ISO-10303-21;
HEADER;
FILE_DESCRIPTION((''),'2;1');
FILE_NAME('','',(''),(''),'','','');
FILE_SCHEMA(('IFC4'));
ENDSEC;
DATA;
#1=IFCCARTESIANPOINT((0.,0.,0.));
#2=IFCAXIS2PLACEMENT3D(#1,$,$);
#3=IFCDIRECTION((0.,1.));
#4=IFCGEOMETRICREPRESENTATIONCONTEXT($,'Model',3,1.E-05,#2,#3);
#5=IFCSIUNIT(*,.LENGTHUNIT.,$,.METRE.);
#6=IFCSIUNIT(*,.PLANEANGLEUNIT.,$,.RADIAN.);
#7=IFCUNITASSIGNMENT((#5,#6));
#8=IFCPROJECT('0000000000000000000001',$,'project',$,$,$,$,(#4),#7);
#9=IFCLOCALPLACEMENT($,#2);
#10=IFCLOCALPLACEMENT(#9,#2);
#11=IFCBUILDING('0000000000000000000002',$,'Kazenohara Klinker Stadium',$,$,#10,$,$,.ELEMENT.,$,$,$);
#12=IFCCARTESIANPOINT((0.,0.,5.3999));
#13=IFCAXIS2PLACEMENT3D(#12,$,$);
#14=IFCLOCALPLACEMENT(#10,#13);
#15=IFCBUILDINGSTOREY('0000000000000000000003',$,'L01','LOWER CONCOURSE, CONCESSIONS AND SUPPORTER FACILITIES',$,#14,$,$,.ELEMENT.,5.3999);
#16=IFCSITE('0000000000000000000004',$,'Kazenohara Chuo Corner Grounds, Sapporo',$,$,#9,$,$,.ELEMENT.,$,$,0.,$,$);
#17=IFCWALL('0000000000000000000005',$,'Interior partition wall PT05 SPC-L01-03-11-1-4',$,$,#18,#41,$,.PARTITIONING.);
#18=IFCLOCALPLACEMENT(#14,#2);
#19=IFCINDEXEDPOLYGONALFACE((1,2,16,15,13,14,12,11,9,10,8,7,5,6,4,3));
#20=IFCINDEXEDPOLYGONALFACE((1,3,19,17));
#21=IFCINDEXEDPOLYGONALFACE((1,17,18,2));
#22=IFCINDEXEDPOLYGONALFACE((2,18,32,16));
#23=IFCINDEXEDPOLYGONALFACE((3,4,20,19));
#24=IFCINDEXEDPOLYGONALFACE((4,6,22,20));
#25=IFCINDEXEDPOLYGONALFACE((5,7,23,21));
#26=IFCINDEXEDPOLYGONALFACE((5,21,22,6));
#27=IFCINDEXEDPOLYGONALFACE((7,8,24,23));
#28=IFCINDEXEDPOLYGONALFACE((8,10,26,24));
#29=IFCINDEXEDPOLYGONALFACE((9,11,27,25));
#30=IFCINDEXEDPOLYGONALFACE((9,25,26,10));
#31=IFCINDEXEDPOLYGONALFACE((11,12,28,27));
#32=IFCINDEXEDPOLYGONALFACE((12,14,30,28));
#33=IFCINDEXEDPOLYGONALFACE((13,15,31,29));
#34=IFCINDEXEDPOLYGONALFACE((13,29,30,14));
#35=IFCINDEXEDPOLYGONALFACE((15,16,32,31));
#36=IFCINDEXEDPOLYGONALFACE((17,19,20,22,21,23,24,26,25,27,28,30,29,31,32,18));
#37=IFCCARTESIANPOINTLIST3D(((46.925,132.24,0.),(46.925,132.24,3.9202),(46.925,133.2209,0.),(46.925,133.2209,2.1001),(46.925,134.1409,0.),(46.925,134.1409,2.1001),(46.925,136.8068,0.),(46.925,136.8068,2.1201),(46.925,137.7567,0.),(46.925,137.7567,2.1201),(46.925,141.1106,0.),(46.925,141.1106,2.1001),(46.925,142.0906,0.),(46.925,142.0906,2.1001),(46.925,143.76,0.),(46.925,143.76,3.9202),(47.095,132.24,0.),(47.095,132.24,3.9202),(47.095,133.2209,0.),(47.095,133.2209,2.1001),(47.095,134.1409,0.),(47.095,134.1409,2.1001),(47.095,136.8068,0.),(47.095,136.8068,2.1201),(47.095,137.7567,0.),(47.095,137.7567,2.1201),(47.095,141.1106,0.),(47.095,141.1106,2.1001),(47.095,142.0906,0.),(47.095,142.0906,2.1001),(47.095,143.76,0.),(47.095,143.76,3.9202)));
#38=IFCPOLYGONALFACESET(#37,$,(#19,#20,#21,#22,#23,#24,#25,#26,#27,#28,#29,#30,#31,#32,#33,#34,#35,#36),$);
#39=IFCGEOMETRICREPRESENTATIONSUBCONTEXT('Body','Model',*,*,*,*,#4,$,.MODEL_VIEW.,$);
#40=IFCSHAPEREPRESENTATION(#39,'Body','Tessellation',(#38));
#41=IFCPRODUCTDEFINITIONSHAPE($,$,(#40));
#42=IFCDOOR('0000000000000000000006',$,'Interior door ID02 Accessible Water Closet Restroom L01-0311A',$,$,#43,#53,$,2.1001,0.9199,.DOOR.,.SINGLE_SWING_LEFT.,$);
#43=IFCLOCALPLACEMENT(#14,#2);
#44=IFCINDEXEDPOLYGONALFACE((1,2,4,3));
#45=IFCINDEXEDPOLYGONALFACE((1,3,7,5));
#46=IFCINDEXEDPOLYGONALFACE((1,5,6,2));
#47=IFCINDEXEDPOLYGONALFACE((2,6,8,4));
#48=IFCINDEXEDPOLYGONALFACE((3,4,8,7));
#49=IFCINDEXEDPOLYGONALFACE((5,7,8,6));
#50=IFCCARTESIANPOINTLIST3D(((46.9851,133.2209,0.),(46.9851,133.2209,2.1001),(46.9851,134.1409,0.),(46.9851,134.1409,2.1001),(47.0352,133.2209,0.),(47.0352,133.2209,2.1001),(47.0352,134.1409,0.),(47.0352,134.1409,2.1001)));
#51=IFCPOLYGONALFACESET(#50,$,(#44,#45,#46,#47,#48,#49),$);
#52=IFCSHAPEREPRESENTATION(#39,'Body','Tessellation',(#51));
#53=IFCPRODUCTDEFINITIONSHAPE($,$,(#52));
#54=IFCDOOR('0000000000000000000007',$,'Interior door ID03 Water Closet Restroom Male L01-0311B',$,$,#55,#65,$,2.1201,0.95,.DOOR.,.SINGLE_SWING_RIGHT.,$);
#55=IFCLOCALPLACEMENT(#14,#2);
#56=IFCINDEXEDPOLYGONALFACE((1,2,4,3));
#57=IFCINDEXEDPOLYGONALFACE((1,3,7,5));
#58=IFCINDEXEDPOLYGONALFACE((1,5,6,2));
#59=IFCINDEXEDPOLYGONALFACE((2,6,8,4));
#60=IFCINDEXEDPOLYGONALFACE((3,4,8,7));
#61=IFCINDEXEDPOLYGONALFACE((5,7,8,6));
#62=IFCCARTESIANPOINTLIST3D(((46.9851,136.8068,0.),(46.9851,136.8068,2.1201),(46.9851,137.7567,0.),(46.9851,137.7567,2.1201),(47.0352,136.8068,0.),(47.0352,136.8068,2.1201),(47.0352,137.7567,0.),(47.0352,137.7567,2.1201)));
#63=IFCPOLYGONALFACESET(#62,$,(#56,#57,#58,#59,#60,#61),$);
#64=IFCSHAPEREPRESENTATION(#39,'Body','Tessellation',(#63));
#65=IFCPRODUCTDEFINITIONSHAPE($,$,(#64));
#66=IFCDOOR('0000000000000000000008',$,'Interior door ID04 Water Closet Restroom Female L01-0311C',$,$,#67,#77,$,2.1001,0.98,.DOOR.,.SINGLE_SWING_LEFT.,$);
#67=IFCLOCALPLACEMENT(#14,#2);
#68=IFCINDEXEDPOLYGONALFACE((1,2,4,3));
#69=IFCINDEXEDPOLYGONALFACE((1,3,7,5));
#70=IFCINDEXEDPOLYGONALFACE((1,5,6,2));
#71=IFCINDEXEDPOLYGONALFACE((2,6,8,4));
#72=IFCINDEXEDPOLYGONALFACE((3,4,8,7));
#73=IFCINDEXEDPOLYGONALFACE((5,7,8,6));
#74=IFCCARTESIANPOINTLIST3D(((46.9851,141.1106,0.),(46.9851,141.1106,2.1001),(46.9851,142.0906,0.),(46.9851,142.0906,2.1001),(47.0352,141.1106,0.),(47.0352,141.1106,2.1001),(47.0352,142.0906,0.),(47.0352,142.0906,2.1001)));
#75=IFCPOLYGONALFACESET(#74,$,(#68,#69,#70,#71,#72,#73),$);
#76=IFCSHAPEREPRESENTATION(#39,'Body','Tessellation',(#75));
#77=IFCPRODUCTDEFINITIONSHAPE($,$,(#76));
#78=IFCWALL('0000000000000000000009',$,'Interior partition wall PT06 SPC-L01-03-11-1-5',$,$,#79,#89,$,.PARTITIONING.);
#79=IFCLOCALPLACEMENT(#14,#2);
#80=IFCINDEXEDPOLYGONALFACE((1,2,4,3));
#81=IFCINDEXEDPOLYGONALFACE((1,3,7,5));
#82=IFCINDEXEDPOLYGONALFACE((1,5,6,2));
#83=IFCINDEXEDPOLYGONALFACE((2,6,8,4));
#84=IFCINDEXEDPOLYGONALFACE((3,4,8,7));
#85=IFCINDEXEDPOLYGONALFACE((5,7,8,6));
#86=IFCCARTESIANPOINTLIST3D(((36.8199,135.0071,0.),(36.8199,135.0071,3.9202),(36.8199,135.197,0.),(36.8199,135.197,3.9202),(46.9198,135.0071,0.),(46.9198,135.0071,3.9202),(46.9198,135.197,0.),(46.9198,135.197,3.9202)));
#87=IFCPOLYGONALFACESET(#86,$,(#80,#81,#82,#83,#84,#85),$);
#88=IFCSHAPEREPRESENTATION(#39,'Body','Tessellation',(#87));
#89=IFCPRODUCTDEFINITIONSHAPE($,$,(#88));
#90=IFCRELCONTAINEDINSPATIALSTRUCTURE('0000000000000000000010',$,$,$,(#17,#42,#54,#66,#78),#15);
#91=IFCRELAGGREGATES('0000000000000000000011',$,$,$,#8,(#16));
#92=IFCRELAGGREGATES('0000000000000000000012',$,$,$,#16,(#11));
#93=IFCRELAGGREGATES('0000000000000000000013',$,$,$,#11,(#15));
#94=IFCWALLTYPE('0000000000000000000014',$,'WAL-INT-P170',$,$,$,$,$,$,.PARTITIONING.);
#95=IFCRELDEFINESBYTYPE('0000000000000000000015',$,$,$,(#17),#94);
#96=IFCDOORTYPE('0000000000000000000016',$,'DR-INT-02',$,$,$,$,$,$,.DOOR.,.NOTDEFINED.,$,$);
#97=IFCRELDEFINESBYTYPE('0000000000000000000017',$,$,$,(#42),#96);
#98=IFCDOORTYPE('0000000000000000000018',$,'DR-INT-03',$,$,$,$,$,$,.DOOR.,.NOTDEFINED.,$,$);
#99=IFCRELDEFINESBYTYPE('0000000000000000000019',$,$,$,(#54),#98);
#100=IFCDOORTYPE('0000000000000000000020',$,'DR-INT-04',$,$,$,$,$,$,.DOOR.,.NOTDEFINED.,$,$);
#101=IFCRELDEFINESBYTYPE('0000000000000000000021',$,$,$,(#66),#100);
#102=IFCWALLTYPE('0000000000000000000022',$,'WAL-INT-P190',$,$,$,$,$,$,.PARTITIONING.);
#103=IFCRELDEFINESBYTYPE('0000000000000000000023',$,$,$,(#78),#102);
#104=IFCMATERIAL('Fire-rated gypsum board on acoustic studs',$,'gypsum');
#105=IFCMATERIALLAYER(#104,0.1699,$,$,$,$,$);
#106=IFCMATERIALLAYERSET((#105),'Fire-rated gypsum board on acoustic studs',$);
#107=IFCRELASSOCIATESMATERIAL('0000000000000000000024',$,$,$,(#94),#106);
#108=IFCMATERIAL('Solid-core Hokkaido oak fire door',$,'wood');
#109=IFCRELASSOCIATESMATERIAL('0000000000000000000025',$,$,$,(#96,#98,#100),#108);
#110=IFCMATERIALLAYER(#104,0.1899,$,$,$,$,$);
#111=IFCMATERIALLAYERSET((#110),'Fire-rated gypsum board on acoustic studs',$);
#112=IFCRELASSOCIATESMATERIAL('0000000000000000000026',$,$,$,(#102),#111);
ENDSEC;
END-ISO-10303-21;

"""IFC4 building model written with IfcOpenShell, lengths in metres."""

from ifc_helpers import new_model, si_unit, direction, frame, frame_2d, origin, place, context, subcontext, project, spatial, rectangle, extrude, material, layer, layer_set, type_object, element, fill, save


model = new_model("IFC4")

# Units and contexts
model_context = context("Model", 3, precision=1e-05, world=origin(), true_north=direction((0.0, 1.0)))
body_context = subcontext(model_context, "Body", "Model", "MODEL_VIEW")
ifc_project = project(units=[si_unit("LENGTHUNIT", "METRE"), si_unit("PLANEANGLEUNIT", "RADIAN")], contexts=[model_context])

# Site, building, storey
site_placement = place(None, origin())
site = spatial("IfcSite", under=ifc_project, at=site_placement, Name="Kazenohara Chuo Corner Grounds, Sapporo", CompositionType="ELEMENT", RefElevation=0.0)
building_placement = place(site_placement, origin())
building = spatial("IfcBuilding", under=site, at=building_placement, Name="Kazenohara Klinker Stadium", CompositionType="ELEMENT")
storey_placement = place(building_placement, frame((0.0, 0.0, 5.3999)))
storey = spatial("IfcBuildingStorey", under=building, at=storey_placement, Name="L01", Description="LOWER CONCOURSE, CONCESSIONS AND SUPPORTER FACILITIES", CompositionType="ELEMENT", Elevation=5.3999)

# Shared definitions
ifc_material_1 = material(Name="Fire-rated gypsum board on acoustic studs", Category="gypsum")

# Wall, openings, doors
ifc_layer_1 = layer(ifc_material_1, 0.1699)
ifc_layer_set_1 = layer_set([ifc_layer_1], Name="Fire-rated gypsum board on acoustic studs")
wall_type_1 = type_object("IfcWallType", Name="WAL-INT-P170", PredefinedType="PARTITIONING", material=ifc_layer_set_1)
wall_1_placement = place(storey_placement, frame((47.01, 132.24, 0.0), z_axis=(0.0, 0.0, 1.0), x_axis=(0.0, 1.0, 0.0)))
wall_1 = element("IfcWall", 1, at=wall_1_placement, inside=storey, type_object=wall_type_1, Name="Interior partition wall PT05 SPC-L01-03-11-1-4", PredefinedType="PARTITIONING", context=body_context, shape_type="SweptSolid", body=[
    extrude(rectangle(XDim=11.52, YDim=0.1699, at=frame_2d((5.76, 0.0))), origin(), (0.0, 0.0, 1.0), 3.9202),
])
opening_1_placement = place(wall_1_placement, frame((0.981, 0.0, 0.0)))
opening_1 = element("IfcOpeningElement", 2, at=opening_1_placement, cuts=wall_1, PredefinedType="OPENING", context=body_context, shape_type="SweptSolid", body=[
    extrude(rectangle(XDim=0.9199, YDim=2.1001, at=frame_2d((0.46, 1.05))), frame((0.0, 0.095, 0.0), z_axis=(0.0, -1.0, 0.0), x_axis=(1.0, 0.0, 0.0)), (0.0, 0.0, 1.0), 0.1899),
])
opening_2_placement = place(wall_1_placement, frame((4.5667, 0.0, 0.0)))
opening_2 = element("IfcOpeningElement", 3, at=opening_2_placement, cuts=wall_1, PredefinedType="OPENING", context=body_context, shape_type="SweptSolid", body=[
    extrude(rectangle(XDim=0.95, YDim=2.1201, at=frame_2d((0.4751, 1.0601))), frame((0.0, 0.095, 0.0), z_axis=(0.0, -1.0, 0.0), x_axis=(1.0, 0.0, 0.0)), (0.0, 0.0, 1.0), 0.1899),
])
opening_3_placement = place(wall_1_placement, frame((8.8706, 0.0, 0.0)))
opening_3 = element("IfcOpeningElement", 4, at=opening_3_placement, cuts=wall_1, PredefinedType="OPENING", context=body_context, shape_type="SweptSolid", body=[
    extrude(rectangle(XDim=0.98, YDim=2.1001, at=frame_2d((0.49, 1.05))), frame((0.0, 0.095, 0.0), z_axis=(0.0, -1.0, 0.0), x_axis=(1.0, 0.0, 0.0)), (0.0, 0.0, 1.0), 0.1899),
])
ifc_material_2 = material(Name="Solid-core Hokkaido oak fire door", Category="wood")
door_type_1 = type_object("IfcDoorType", Name="DR-INT-02", OperationType="NOTDEFINED", PredefinedType="DOOR", material=ifc_material_2)
door_1_placement = place(opening_1_placement, origin())
door_1 = element("IfcDoor", 5, at=door_1_placement, inside=storey, type_object=door_type_1, Name="Interior door ID02 Accessible Water Closet Restroom L01-0311A", OperationType="SINGLE_SWING_LEFT", OverallHeight=2.1001, OverallWidth=0.9199, PredefinedType="DOOR", context=body_context, shape_type="SweptSolid", body=[
    extrude(rectangle(XDim=0.9199, YDim=2.1001, at=frame_2d((0.46, 1.05))), frame((0.0, 0.0249, 0.0), z_axis=(0.0, -1.0, 0.0), x_axis=(1.0, 0.0, 0.0)), (0.0, 0.0, 1.0), 0.05),
])
fill(opening_1, door_1)
door_type_2 = type_object("IfcDoorType", Name="DR-INT-03", OperationType="NOTDEFINED", PredefinedType="DOOR", material=ifc_material_2)
door_2_placement = place(opening_2_placement, origin())
door_2 = element("IfcDoor", 6, at=door_2_placement, inside=storey, type_object=door_type_2, Name="Interior door ID03 Water Closet Restroom Male L01-0311B", OperationType="SINGLE_SWING_RIGHT", OverallHeight=2.1201, OverallWidth=0.95, PredefinedType="DOOR", context=body_context, shape_type="SweptSolid", body=[
    extrude(rectangle(XDim=0.95, YDim=2.1201, at=frame_2d((0.4751, 1.0601))), frame((0.0, 0.0249, 0.0), z_axis=(0.0, -1.0, 0.0), x_axis=(1.0, 0.0, 0.0)), (0.0, 0.0, 1.0), 0.05),
])
fill(opening_2, door_2)
door_type_3 = type_object("IfcDoorType", Name="DR-INT-04", OperationType="NOTDEFINED", PredefinedType="DOOR", material=ifc_material_2)
door_3_placement = place(opening_3_placement, origin())
door_3 = element("IfcDoor", 7, at=door_3_placement, inside=storey, type_object=door_type_3, Name="Interior door ID04 Water Closet Restroom Female L01-0311C", OperationType="SINGLE_SWING_LEFT", OverallHeight=2.1001, OverallWidth=0.98, PredefinedType="DOOR", context=body_context, shape_type="SweptSolid", body=[
    extrude(rectangle(XDim=0.98, YDim=2.1001, at=frame_2d((0.49, 1.05))), frame((0.0, 0.0249, 0.0), z_axis=(0.0, -1.0, 0.0), x_axis=(1.0, 0.0, 0.0)), (0.0, 0.0, 1.0), 0.05),
])
fill(opening_3, door_3)

# Wall
ifc_layer_2 = layer(ifc_material_1, 0.1899)
ifc_layer_set_2 = layer_set([ifc_layer_2], Name="Fire-rated gypsum board on acoustic studs")
wall_type_2 = type_object("IfcWallType", Name="WAL-INT-P190", PredefinedType="PARTITIONING", material=ifc_layer_set_2)
wall_2_placement = place(storey_placement, frame((36.8201, 135.1021, 0.0), z_axis=(0.0, 0.0, 1.0), x_axis=(1.0, 0.0, 0.0)))
element("IfcWall", 8, at=wall_2_placement, inside=storey, type_object=wall_type_2, Name="Interior partition wall PT06 SPC-L01-03-11-1-5", PredefinedType="PARTITIONING", context=body_context, shape_type="SweptSolid", body=[
    extrude(rectangle(XDim=10.0999, YDim=0.1899, at=frame_2d((5.0498, 0.0))), origin(), (0.0, 0.0, 1.0), 3.9202),
])

save(model, "model.ifc")
